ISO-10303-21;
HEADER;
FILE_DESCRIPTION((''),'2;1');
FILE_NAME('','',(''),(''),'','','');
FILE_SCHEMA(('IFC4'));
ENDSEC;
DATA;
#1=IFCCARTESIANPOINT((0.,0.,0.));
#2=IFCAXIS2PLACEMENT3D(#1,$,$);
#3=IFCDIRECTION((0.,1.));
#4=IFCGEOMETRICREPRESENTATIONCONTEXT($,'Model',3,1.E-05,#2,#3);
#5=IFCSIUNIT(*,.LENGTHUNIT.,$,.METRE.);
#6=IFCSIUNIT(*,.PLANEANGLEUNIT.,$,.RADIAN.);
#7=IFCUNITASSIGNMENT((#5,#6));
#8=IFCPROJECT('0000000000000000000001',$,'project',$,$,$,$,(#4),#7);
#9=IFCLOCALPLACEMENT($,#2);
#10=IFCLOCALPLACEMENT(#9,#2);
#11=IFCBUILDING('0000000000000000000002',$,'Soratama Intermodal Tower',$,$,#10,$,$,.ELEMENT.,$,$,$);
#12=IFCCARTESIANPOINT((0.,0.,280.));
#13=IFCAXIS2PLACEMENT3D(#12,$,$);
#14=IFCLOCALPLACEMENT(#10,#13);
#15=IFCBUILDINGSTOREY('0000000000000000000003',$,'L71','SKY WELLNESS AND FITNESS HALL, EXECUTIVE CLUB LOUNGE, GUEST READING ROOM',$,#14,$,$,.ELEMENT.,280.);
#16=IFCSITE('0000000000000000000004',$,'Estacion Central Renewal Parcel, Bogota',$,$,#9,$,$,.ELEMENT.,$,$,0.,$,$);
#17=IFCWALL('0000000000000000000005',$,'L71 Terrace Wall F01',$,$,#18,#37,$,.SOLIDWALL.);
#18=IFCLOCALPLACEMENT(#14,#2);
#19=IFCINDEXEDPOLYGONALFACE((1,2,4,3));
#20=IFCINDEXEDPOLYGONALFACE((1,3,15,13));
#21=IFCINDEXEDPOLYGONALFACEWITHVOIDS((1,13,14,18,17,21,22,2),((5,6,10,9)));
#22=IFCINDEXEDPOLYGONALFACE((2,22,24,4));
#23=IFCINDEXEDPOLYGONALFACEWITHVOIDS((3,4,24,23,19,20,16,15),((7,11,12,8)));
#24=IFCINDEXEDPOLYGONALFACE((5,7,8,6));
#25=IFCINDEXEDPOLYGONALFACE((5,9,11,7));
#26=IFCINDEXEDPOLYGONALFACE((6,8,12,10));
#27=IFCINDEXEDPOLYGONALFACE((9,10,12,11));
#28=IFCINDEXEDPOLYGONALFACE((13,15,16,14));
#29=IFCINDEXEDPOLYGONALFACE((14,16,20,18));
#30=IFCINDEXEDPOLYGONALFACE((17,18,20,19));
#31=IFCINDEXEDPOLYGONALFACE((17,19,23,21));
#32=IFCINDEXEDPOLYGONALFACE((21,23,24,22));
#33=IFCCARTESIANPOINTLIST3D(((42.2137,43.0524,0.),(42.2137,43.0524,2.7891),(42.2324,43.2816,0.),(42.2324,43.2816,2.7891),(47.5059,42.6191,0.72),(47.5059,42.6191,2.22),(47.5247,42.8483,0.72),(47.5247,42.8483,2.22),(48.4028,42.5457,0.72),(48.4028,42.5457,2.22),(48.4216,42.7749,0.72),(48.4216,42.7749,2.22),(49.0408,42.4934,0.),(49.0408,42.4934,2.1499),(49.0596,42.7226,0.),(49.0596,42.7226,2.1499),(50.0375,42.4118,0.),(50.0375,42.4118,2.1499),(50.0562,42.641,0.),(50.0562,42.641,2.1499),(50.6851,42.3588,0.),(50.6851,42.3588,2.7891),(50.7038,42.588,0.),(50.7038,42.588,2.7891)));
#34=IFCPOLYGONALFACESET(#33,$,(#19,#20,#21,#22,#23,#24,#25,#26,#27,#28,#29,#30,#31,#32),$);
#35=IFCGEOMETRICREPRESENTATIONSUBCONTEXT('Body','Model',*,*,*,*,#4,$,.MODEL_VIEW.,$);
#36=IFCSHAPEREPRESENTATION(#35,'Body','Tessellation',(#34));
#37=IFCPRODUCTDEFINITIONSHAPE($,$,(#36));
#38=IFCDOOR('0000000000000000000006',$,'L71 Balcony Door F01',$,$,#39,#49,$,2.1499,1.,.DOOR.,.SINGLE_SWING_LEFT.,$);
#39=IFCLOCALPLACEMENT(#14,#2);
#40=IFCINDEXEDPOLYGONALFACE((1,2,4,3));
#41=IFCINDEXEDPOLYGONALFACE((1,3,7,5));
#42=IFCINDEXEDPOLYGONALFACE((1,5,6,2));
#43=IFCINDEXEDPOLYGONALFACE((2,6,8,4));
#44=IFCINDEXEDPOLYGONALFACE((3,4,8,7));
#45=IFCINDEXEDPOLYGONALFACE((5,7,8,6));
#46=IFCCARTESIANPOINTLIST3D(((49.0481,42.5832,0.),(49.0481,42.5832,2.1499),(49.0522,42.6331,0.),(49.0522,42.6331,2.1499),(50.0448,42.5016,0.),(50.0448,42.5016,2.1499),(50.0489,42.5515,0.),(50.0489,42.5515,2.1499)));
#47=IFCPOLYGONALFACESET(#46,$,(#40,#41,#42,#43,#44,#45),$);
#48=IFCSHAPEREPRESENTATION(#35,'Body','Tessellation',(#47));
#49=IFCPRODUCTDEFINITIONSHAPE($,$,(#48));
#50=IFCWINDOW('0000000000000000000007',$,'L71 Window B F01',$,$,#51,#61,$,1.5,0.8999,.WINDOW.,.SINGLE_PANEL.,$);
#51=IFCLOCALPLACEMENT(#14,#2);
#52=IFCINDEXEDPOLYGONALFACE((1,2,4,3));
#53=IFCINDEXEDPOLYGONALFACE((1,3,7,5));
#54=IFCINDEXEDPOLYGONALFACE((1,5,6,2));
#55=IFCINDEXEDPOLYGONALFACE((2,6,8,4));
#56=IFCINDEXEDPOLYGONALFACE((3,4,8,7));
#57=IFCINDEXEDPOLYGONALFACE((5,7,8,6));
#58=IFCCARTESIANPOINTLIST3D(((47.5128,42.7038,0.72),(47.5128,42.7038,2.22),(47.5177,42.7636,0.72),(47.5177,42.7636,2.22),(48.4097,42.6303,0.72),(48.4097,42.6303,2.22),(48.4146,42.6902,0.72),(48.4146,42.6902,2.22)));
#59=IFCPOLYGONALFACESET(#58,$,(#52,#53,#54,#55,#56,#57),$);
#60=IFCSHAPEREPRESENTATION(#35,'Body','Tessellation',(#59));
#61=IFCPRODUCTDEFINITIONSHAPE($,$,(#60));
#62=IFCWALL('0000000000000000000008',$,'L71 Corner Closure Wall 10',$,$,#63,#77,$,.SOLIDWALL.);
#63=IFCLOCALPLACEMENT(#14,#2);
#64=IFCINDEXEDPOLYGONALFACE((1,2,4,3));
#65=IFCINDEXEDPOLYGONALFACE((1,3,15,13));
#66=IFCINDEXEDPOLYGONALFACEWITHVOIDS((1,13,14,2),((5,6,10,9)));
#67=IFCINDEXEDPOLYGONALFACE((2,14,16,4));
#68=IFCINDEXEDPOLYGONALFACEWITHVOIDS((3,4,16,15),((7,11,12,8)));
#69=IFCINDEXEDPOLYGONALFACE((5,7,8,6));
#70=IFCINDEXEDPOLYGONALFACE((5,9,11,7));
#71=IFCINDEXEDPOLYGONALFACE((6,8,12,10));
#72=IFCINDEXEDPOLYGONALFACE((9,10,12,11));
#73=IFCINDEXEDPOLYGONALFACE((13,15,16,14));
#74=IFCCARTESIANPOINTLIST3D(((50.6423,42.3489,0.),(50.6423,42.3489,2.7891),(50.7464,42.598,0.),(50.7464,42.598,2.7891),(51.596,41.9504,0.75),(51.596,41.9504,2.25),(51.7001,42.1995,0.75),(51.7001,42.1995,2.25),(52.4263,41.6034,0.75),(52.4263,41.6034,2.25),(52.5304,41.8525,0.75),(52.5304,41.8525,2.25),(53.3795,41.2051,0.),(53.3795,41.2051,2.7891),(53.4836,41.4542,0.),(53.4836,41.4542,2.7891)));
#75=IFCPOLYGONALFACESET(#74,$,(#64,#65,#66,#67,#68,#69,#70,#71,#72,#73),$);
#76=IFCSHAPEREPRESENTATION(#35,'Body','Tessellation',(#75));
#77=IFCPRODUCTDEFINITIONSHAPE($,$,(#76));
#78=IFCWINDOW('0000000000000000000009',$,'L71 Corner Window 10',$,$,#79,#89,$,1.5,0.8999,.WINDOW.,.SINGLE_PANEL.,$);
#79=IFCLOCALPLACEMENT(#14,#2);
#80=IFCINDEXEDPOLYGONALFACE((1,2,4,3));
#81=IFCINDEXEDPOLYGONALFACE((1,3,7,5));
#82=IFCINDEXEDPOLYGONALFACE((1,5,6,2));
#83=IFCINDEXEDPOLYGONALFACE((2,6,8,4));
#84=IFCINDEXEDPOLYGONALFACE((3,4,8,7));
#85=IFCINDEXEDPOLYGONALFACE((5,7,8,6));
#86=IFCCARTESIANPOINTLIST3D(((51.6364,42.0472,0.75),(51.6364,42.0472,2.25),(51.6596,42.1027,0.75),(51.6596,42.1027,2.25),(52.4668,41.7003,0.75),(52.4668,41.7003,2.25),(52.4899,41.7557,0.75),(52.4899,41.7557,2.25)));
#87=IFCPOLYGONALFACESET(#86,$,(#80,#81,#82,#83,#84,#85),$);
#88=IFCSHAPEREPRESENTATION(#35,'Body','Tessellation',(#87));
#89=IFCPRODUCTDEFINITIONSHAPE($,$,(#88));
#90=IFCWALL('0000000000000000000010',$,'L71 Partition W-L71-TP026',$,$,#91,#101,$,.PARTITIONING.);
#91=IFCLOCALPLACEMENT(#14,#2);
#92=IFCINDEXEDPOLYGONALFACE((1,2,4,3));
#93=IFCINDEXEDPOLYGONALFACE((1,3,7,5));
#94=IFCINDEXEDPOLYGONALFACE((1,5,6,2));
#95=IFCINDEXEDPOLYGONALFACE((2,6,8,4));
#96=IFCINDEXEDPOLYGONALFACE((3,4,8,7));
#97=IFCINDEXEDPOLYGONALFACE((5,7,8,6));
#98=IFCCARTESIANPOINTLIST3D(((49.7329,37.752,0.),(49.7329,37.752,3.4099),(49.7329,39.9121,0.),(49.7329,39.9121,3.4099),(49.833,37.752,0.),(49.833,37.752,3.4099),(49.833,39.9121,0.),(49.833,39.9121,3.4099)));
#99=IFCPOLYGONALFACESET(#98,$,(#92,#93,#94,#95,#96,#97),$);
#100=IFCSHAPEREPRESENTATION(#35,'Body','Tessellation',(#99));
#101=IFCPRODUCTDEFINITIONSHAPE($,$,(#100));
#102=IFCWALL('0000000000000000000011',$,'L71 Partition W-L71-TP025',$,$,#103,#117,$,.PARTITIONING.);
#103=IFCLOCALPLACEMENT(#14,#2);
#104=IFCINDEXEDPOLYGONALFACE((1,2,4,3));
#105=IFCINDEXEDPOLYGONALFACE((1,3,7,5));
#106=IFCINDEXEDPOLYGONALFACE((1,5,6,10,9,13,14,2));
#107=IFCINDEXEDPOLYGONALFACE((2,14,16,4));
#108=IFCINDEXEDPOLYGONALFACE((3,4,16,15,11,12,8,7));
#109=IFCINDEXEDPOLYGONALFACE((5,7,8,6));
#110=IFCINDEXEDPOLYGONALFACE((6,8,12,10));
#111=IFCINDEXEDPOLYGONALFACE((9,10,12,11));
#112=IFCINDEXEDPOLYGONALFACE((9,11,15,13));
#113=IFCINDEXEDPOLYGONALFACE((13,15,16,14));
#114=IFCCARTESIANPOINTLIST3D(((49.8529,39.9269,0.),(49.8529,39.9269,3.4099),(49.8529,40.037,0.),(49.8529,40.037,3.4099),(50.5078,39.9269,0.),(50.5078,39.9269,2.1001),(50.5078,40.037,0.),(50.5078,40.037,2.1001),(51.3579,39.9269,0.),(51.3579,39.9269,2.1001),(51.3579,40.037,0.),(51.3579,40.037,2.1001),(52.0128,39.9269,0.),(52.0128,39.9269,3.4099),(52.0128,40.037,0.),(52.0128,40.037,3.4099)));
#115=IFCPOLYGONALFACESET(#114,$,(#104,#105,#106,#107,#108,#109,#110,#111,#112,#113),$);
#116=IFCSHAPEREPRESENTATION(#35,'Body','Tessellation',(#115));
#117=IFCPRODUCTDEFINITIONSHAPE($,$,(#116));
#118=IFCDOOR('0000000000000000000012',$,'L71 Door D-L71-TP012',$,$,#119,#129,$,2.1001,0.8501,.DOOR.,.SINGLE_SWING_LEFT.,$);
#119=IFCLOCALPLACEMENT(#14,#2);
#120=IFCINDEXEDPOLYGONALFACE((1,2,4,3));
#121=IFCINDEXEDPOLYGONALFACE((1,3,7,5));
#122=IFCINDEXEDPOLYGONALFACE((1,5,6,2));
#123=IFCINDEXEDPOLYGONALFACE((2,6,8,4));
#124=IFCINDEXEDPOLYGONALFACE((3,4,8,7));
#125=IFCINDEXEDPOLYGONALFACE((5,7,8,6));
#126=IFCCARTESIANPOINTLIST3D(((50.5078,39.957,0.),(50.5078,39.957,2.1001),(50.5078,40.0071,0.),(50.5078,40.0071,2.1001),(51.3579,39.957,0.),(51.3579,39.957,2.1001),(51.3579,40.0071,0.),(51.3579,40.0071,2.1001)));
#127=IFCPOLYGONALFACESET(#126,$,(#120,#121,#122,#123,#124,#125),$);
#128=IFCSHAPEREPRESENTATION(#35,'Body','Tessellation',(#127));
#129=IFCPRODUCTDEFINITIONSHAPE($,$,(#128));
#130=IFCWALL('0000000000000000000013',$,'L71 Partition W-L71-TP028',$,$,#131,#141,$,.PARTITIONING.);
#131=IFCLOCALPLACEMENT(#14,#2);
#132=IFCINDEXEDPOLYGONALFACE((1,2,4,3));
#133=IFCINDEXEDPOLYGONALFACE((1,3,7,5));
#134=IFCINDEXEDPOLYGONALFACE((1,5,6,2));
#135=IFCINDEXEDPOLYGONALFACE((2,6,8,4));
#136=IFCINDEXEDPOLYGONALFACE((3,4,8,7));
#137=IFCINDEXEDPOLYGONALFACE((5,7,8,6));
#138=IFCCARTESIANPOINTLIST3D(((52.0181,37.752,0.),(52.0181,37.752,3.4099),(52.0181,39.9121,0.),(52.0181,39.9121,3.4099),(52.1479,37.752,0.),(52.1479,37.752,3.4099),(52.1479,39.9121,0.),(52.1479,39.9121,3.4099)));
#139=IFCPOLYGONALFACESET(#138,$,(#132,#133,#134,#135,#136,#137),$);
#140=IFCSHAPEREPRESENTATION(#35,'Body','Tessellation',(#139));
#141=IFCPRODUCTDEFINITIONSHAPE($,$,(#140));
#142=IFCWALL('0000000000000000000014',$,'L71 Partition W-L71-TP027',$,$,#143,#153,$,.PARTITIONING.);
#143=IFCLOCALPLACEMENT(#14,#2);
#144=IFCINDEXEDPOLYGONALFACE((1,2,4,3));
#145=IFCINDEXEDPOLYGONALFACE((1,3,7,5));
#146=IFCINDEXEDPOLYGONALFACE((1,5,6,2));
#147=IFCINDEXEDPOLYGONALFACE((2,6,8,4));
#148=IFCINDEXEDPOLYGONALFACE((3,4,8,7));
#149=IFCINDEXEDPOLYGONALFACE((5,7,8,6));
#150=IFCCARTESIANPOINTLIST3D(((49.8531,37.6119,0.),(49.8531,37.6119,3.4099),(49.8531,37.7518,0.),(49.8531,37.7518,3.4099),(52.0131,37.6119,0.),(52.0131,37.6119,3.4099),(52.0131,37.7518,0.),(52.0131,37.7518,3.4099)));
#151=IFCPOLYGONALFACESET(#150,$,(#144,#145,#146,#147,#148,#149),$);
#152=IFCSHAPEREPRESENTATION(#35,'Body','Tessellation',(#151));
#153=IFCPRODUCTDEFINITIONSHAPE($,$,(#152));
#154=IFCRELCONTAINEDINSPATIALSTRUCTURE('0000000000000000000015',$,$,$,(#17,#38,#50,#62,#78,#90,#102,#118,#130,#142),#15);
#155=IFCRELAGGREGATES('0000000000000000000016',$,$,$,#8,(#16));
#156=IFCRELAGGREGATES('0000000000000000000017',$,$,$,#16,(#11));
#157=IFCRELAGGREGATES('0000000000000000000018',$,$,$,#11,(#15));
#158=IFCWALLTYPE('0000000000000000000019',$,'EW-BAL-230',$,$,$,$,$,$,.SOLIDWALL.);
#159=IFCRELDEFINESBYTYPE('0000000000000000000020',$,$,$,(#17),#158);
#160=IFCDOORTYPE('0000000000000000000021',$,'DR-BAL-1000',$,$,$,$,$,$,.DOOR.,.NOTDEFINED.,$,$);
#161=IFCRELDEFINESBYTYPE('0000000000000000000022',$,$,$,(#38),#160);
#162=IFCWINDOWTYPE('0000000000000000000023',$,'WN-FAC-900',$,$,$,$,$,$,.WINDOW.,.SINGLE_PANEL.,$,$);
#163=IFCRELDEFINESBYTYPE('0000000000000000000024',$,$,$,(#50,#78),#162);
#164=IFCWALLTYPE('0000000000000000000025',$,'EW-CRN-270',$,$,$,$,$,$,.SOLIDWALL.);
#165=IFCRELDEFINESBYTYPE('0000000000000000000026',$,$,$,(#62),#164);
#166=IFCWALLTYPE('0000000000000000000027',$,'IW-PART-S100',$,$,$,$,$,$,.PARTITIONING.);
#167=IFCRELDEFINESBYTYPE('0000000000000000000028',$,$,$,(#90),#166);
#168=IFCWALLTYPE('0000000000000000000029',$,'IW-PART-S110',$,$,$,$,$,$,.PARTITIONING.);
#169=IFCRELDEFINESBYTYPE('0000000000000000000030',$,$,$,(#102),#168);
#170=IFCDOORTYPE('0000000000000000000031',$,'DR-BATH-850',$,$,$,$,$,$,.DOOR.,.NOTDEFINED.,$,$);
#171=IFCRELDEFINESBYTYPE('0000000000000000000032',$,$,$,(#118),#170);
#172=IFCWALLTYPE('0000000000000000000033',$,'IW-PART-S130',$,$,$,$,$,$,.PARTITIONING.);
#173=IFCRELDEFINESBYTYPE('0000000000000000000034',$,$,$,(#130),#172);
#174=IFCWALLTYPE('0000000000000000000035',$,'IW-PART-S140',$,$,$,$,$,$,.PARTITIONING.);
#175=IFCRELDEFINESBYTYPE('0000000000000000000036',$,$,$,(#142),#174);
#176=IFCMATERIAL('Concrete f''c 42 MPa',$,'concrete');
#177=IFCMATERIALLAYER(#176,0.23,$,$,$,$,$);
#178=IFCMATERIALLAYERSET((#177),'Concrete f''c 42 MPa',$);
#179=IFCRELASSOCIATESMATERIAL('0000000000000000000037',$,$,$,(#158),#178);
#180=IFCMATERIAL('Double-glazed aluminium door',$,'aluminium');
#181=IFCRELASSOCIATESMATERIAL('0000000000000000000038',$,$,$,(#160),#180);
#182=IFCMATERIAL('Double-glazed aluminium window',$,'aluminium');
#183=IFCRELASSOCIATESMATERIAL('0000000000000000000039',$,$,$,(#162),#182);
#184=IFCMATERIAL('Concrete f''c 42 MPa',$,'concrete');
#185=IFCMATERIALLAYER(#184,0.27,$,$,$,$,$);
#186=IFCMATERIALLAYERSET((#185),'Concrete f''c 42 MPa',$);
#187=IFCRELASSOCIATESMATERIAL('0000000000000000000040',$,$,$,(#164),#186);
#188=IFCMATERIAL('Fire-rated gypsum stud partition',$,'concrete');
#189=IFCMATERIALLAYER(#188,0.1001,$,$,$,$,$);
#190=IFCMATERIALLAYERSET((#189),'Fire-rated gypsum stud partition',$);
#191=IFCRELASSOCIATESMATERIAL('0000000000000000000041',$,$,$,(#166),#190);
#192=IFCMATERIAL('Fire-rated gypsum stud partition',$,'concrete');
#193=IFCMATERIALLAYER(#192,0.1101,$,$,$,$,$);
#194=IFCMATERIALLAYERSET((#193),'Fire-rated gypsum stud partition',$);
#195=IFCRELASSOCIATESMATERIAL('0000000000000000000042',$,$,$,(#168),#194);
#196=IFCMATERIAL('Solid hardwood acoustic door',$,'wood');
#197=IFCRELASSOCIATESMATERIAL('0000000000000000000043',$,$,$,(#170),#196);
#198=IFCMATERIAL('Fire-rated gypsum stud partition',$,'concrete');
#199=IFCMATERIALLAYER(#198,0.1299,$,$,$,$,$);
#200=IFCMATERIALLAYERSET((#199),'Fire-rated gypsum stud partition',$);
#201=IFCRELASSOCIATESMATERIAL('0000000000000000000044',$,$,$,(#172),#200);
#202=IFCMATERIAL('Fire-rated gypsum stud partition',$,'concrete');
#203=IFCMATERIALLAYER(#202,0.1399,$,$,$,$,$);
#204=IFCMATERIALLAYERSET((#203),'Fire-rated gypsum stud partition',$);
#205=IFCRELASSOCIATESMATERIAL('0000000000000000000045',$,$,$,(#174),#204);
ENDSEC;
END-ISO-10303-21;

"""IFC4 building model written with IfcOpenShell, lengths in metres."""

from ifc_helpers import new_model, si_unit, direction, frame, frame_2d, origin, place, context, subcontext, project, spatial, rectangle, extrude, material, layer, layer_set, type_object, element, fill, save


model = new_model("IFC4")

# Units and contexts
model_context = context("Model", 3, precision=1e-05, world=origin(), true_north=direction((0.0, 1.0)))
body_context = subcontext(model_context, "Body", "Model", "MODEL_VIEW")
ifc_project = project(units=[si_unit("LENGTHUNIT", "METRE"), si_unit("PLANEANGLEUNIT", "RADIAN")], contexts=[model_context])

# Site, building, storey
site_placement = place(None, origin())
site = spatial("IfcSite", under=ifc_project, at=site_placement, Name="Estacion Central Renewal Parcel, Bogota", CompositionType="ELEMENT", RefElevation=0.0)
building_placement = place(site_placement, origin())
building = spatial("IfcBuilding", under=site, at=building_placement, Name="Soratama Intermodal Tower", CompositionType="ELEMENT")
storey_placement = place(building_placement, frame((0.0, 0.0, 280.0)))
storey = spatial("IfcBuildingStorey", under=building, at=storey_placement, Name="L71", Description="SKY WELLNESS AND FITNESS HALL, EXECUTIVE CLUB LOUNGE, GUEST READING ROOM", CompositionType="ELEMENT", Elevation=280.0)

# Wall, openings, door, window
ifc_material_1 = material(Name="Concrete f'c 42 MPa", Category="concrete")
ifc_layer_1 = layer(ifc_material_1, 0.23)
ifc_layer_set_1 = layer_set([ifc_layer_1], Name="Concrete f'c 42 MPa")
wall_type_1 = type_object("IfcWallType", Name="EW-BAL-230", PredefinedType="SOLIDWALL", material=ifc_layer_set_1)
wall_1_placement = place(storey_placement, frame((50.6946, 42.4734, 0.0), z_axis=(0.0, 0.0, 1.0), x_axis=(-0.996665, 0.081602, 0.0)))
wall_1 = element("IfcWall", 1, at=wall_1_placement, inside=storey, type_object=wall_type_1, Name="L71 Terrace Wall F01", PredefinedType="SOLIDWALL", context=body_context, shape_type="SweptSolid", body=[
    extrude(rectangle(XDim=8.4998, YDim=0.23, at=frame_2d((4.25, 0.0))), origin(), (0.0, 0.0, 1.0), 2.7891),
])
opening_1_placement = place(wall_1_placement, frame((0.6499, 0.0, 0.0)))
opening_1 = element("IfcOpeningElement", 2, at=opening_1_placement, cuts=wall_1, PredefinedType="OPENING", context=body_context, shape_type="SweptSolid", body=[
    extrude(rectangle(XDim=1.0, YDim=2.1499, at=frame_2d((0.5, 1.075))), frame((0.0, 0.125, 0.0), z_axis=(0.0, -1.0, 0.0), x_axis=(1.0, 0.0, 0.0)), (0.0, 0.0, 1.0), 0.25),
])
opening_2_placement = place(wall_1_placement, frame((2.29, 0.0, 0.72)))
opening_2 = element("IfcOpeningElement", 3, at=opening_2_placement, cuts=wall_1, PredefinedType="OPENING", context=body_context, shape_type="SweptSolid", body=[
    extrude(rectangle(XDim=0.8999, YDim=1.5, at=frame_2d((0.45, 0.75))), frame((0.0, 0.125, 0.0), z_axis=(0.0, -1.0, 0.0), x_axis=(1.0, 0.0, 0.0)), (0.0, 0.0, 1.0), 0.25),
])
ifc_material_2 = material(Name="Double-glazed aluminium door", Category="aluminium")
door_type_1 = type_object("IfcDoorType", Name="DR-BAL-1000", OperationType="NOTDEFINED", PredefinedType="DOOR", material=ifc_material_2)
door_1_placement = place(opening_1_placement, origin())
door_1 = element("IfcDoor", 4, at=door_1_placement, inside=storey, type_object=door_type_1, Name="L71 Balcony Door F01", OperationType="SINGLE_SWING_LEFT", OverallHeight=2.1499, OverallWidth=1.0, PredefinedType="DOOR", context=body_context, shape_type="SweptSolid", body=[
    extrude(rectangle(XDim=1.0, YDim=2.1499, at=frame_2d((0.5, 1.075))), frame((0.0, 0.0249, 0.0), z_axis=(0.0, -1.0, 0.0), x_axis=(1.0, 0.0, 0.0)), (0.0, 0.0, 1.0), 0.05),
])
fill(opening_1, door_1)
ifc_material_3 = material(Name="Double-glazed aluminium window", Category="aluminium")
window_type = type_object("IfcWindowType", Name="WN-FAC-900", PartitioningType="SINGLE_PANEL", PredefinedType="WINDOW", material=ifc_material_3)
window_1_placement = place(opening_2_placement, origin())
window_1 = element("IfcWindow", 5, at=window_1_placement, inside=storey, type_object=window_type, Name="L71 Window B F01", OverallHeight=1.5, OverallWidth=0.8999, PartitioningType="SINGLE_PANEL", PredefinedType="WINDOW", context=body_context, shape_type="SweptSolid", body=[
    extrude(rectangle(XDim=0.8999, YDim=1.5, at=frame_2d((0.45, 0.75))), frame((0.0, 0.03, 0.0), z_axis=(0.0, -1.0, 0.0), x_axis=(1.0, 0.0, 0.0)), (0.0, 0.0, 1.0), 0.0601),
])
fill(opening_2, window_1)

# Wall, opening, window
ifc_material_4 = material(Name="Concrete f'c 42 MPa", Category="concrete")
ifc_layer_2 = layer(ifc_material_4, 0.27)
ifc_layer_set_2 = layer_set([ifc_layer_2], Name="Concrete f'c 42 MPa")
wall_type_2 = type_object("IfcWallType", Name="EW-CRN-270", PredefinedType="SOLIDWALL", material=ifc_layer_set_2)
wall_2_placement = place(storey_placement, frame((53.4316, 41.3296, 0.0), z_axis=(0.0, 0.0, 1.0), x_axis=(-0.922675, 0.385579, 0.0)))
wall_2 = element("IfcWall", 6, at=wall_2_placement, inside=storey, type_object=wall_type_2, Name="L71 Corner Closure Wall 10", PredefinedType="SOLIDWALL", context=body_context, shape_type="SweptSolid", body=[
    extrude(rectangle(XDim=2.9666, YDim=0.27, at=frame_2d((1.4834, 0.0))), origin(), (0.0, 0.0, 1.0), 2.7891),
])
opening_3_placement = place(wall_2_placement, frame((1.0332, 0.0, 0.75)))
opening_3 = element("IfcOpeningElement", 7, at=opening_3_placement, cuts=wall_2, PredefinedType="OPENING", context=body_context, shape_type="SweptSolid", body=[
    extrude(rectangle(XDim=0.8999, YDim=1.5, at=frame_2d((0.45, 0.75))), frame((0.0, 0.145, 0.0), z_axis=(0.0, -1.0, 0.0), x_axis=(1.0, 0.0, 0.0)), (0.0, 0.0, 1.0), 0.29),
])
window_2_placement = place(opening_3_placement, origin())
window_2 = element("IfcWindow", 8, at=window_2_placement, inside=storey, type_object=window_type, Name="L71 Corner Window 10", OverallHeight=1.5, OverallWidth=0.8999, PartitioningType="SINGLE_PANEL", PredefinedType="WINDOW", context=body_context, shape_type="SweptSolid", body=[
    extrude(rectangle(XDim=0.8999, YDim=1.5, at=frame_2d((0.45, 0.75))), frame((0.0, 0.03, 0.0), z_axis=(0.0, -1.0, 0.0), x_axis=(1.0, 0.0, 0.0)), (0.0, 0.0, 1.0), 0.0601),
])
fill(opening_3, window_2)

# Wall
ifc_material_5 = material(Name="Fire-rated gypsum stud partition", Category="concrete")
ifc_layer_3 = layer(ifc_material_5, 0.1001)
ifc_layer_set_3 = layer_set([ifc_layer_3], Name="Fire-rated gypsum stud partition")
wall_type_3 = type_object("IfcWallType", Name="IW-PART-S100", PredefinedType="PARTITIONING", material=ifc_layer_set_3)
wall_3_placement = place(storey_placement, frame((49.783, 39.9121, 0.0), z_axis=(0.0, 0.0, 1.0), x_axis=(0.0, -1.0, 0.0)))
element("IfcWall", 9, at=wall_3_placement, inside=storey, type_object=wall_type_3, Name="L71 Partition W-L71-TP026", PredefinedType="PARTITIONING", context=body_context, shape_type="SweptSolid", body=[
    extrude(rectangle(XDim=2.1602, YDim=0.1001, at=frame_2d((1.0801, 0.0))), origin(), (0.0, 0.0, 1.0), 3.4099),
])

# Wall, opening, door
ifc_material_6 = material(Name="Fire-rated gypsum stud partition", Category="concrete")
ifc_layer_4 = layer(ifc_material_6, 0.1101)
ifc_layer_set_4 = layer_set([ifc_layer_4], Name="Fire-rated gypsum stud partition")
wall_type_4 = type_object("IfcWallType", Name="IW-PART-S110", PredefinedType="PARTITIONING", material=ifc_layer_set_4)
wall_4_placement = place(storey_placement, frame((52.0129, 39.9819, 0.0), z_axis=(0.0, 0.0, 1.0), x_axis=(-1.0, 0.0, 0.0)))
wall_4 = element("IfcWall", 10, at=wall_4_placement, inside=storey, type_object=wall_type_4, Name="L71 Partition W-L71-TP025", PredefinedType="PARTITIONING", context=body_context, shape_type="SweptSolid", body=[
    extrude(rectangle(XDim=2.1599, YDim=0.1101, at=frame_2d((1.0801, 0.0))), origin(), (0.0, 0.0, 1.0), 3.4099),
])
opening_4_placement = place(wall_4_placement, frame((0.655, 0.0, 0.0)))
opening_4 = element("IfcOpeningElement", 11, at=opening_4_placement, cuts=wall_4, PredefinedType="OPENING", context=body_context, shape_type="SweptSolid", body=[
    extrude(rectangle(XDim=0.8501, YDim=2.1001, at=frame_2d((0.425, 1.05))), frame((0.0, 0.0649, 0.0), z_axis=(0.0, -1.0, 0.0), x_axis=(1.0, 0.0, 0.0)), (0.0, 0.0, 1.0), 0.1301),
])
ifc_material_7 = material(Name="Solid hardwood acoustic door", Category="wood")
door_type_2 = type_object("IfcDoorType", Name="DR-BATH-850", OperationType="NOTDEFINED", PredefinedType="DOOR", material=ifc_material_7)
door_2_placement = place(opening_4_placement, origin())
door_2 = element("IfcDoor", 12, at=door_2_placement, inside=storey, type_object=door_type_2, Name="L71 Door D-L71-TP012", OperationType="SINGLE_SWING_LEFT", OverallHeight=2.1001, OverallWidth=0.8501, PredefinedType="DOOR", context=body_context, shape_type="SweptSolid", body=[
    extrude(rectangle(XDim=0.8501, YDim=2.1001, at=frame_2d((0.425, 1.05))), frame((0.0, 0.0249, 0.0), z_axis=(0.0, -1.0, 0.0), x_axis=(1.0, 0.0, 0.0)), (0.0, 0.0, 1.0), 0.05),
])
fill(opening_4, door_2)

# Walls
ifc_material_8 = material(Name="Fire-rated gypsum stud partition", Category="concrete")
ifc_layer_5 = layer(ifc_material_8, 0.1299)
ifc_layer_set_5 = layer_set([ifc_layer_5], Name="Fire-rated gypsum stud partition")
wall_type_5 = type_object("IfcWallType", Name="IW-PART-S130", PredefinedType="PARTITIONING", material=ifc_layer_set_5)
wall_5_placement = place(storey_placement, frame((52.083, 37.752, 0.0), z_axis=(0.0, 0.0, 1.0), x_axis=(0.0, 1.0, 0.0)))
element("IfcWall", 13, at=wall_5_placement, inside=storey, type_object=wall_type_5, Name="L71 Partition W-L71-TP028", PredefinedType="PARTITIONING", context=body_context, shape_type="SweptSolid", body=[
    extrude(rectangle(XDim=2.1602, YDim=0.1299, at=frame_2d((1.0801, 0.0))), origin(), (0.0, 0.0, 1.0), 3.4099),
])
ifc_material_9 = material(Name="Fire-rated gypsum stud partition", Category="concrete")
ifc_layer_6 = layer(ifc_material_9, 0.1399)
ifc_layer_set_6 = layer_set([ifc_layer_6], Name="Fire-rated gypsum stud partition")
wall_type_6 = type_object("IfcWallType", Name="IW-PART-S140", PredefinedType="PARTITIONING", material=ifc_layer_set_6)
wall_6_placement = place(storey_placement, frame((49.853, 37.6819, 0.0), z_axis=(0.0, 0.0, 1.0), x_axis=(1.0, 0.0, 0.0)))
element("IfcWall", 14, at=wall_6_placement, inside=storey, type_object=wall_type_6, Name="L71 Partition W-L71-TP027", PredefinedType="PARTITIONING", context=body_context, shape_type="SweptSolid", body=[
    extrude(rectangle(XDim=2.1599, YDim=0.1399, at=frame_2d((1.0801, 0.0))), origin(), (0.0, 0.0, 1.0), 3.4099),
])

save(model, "model.ifc")
